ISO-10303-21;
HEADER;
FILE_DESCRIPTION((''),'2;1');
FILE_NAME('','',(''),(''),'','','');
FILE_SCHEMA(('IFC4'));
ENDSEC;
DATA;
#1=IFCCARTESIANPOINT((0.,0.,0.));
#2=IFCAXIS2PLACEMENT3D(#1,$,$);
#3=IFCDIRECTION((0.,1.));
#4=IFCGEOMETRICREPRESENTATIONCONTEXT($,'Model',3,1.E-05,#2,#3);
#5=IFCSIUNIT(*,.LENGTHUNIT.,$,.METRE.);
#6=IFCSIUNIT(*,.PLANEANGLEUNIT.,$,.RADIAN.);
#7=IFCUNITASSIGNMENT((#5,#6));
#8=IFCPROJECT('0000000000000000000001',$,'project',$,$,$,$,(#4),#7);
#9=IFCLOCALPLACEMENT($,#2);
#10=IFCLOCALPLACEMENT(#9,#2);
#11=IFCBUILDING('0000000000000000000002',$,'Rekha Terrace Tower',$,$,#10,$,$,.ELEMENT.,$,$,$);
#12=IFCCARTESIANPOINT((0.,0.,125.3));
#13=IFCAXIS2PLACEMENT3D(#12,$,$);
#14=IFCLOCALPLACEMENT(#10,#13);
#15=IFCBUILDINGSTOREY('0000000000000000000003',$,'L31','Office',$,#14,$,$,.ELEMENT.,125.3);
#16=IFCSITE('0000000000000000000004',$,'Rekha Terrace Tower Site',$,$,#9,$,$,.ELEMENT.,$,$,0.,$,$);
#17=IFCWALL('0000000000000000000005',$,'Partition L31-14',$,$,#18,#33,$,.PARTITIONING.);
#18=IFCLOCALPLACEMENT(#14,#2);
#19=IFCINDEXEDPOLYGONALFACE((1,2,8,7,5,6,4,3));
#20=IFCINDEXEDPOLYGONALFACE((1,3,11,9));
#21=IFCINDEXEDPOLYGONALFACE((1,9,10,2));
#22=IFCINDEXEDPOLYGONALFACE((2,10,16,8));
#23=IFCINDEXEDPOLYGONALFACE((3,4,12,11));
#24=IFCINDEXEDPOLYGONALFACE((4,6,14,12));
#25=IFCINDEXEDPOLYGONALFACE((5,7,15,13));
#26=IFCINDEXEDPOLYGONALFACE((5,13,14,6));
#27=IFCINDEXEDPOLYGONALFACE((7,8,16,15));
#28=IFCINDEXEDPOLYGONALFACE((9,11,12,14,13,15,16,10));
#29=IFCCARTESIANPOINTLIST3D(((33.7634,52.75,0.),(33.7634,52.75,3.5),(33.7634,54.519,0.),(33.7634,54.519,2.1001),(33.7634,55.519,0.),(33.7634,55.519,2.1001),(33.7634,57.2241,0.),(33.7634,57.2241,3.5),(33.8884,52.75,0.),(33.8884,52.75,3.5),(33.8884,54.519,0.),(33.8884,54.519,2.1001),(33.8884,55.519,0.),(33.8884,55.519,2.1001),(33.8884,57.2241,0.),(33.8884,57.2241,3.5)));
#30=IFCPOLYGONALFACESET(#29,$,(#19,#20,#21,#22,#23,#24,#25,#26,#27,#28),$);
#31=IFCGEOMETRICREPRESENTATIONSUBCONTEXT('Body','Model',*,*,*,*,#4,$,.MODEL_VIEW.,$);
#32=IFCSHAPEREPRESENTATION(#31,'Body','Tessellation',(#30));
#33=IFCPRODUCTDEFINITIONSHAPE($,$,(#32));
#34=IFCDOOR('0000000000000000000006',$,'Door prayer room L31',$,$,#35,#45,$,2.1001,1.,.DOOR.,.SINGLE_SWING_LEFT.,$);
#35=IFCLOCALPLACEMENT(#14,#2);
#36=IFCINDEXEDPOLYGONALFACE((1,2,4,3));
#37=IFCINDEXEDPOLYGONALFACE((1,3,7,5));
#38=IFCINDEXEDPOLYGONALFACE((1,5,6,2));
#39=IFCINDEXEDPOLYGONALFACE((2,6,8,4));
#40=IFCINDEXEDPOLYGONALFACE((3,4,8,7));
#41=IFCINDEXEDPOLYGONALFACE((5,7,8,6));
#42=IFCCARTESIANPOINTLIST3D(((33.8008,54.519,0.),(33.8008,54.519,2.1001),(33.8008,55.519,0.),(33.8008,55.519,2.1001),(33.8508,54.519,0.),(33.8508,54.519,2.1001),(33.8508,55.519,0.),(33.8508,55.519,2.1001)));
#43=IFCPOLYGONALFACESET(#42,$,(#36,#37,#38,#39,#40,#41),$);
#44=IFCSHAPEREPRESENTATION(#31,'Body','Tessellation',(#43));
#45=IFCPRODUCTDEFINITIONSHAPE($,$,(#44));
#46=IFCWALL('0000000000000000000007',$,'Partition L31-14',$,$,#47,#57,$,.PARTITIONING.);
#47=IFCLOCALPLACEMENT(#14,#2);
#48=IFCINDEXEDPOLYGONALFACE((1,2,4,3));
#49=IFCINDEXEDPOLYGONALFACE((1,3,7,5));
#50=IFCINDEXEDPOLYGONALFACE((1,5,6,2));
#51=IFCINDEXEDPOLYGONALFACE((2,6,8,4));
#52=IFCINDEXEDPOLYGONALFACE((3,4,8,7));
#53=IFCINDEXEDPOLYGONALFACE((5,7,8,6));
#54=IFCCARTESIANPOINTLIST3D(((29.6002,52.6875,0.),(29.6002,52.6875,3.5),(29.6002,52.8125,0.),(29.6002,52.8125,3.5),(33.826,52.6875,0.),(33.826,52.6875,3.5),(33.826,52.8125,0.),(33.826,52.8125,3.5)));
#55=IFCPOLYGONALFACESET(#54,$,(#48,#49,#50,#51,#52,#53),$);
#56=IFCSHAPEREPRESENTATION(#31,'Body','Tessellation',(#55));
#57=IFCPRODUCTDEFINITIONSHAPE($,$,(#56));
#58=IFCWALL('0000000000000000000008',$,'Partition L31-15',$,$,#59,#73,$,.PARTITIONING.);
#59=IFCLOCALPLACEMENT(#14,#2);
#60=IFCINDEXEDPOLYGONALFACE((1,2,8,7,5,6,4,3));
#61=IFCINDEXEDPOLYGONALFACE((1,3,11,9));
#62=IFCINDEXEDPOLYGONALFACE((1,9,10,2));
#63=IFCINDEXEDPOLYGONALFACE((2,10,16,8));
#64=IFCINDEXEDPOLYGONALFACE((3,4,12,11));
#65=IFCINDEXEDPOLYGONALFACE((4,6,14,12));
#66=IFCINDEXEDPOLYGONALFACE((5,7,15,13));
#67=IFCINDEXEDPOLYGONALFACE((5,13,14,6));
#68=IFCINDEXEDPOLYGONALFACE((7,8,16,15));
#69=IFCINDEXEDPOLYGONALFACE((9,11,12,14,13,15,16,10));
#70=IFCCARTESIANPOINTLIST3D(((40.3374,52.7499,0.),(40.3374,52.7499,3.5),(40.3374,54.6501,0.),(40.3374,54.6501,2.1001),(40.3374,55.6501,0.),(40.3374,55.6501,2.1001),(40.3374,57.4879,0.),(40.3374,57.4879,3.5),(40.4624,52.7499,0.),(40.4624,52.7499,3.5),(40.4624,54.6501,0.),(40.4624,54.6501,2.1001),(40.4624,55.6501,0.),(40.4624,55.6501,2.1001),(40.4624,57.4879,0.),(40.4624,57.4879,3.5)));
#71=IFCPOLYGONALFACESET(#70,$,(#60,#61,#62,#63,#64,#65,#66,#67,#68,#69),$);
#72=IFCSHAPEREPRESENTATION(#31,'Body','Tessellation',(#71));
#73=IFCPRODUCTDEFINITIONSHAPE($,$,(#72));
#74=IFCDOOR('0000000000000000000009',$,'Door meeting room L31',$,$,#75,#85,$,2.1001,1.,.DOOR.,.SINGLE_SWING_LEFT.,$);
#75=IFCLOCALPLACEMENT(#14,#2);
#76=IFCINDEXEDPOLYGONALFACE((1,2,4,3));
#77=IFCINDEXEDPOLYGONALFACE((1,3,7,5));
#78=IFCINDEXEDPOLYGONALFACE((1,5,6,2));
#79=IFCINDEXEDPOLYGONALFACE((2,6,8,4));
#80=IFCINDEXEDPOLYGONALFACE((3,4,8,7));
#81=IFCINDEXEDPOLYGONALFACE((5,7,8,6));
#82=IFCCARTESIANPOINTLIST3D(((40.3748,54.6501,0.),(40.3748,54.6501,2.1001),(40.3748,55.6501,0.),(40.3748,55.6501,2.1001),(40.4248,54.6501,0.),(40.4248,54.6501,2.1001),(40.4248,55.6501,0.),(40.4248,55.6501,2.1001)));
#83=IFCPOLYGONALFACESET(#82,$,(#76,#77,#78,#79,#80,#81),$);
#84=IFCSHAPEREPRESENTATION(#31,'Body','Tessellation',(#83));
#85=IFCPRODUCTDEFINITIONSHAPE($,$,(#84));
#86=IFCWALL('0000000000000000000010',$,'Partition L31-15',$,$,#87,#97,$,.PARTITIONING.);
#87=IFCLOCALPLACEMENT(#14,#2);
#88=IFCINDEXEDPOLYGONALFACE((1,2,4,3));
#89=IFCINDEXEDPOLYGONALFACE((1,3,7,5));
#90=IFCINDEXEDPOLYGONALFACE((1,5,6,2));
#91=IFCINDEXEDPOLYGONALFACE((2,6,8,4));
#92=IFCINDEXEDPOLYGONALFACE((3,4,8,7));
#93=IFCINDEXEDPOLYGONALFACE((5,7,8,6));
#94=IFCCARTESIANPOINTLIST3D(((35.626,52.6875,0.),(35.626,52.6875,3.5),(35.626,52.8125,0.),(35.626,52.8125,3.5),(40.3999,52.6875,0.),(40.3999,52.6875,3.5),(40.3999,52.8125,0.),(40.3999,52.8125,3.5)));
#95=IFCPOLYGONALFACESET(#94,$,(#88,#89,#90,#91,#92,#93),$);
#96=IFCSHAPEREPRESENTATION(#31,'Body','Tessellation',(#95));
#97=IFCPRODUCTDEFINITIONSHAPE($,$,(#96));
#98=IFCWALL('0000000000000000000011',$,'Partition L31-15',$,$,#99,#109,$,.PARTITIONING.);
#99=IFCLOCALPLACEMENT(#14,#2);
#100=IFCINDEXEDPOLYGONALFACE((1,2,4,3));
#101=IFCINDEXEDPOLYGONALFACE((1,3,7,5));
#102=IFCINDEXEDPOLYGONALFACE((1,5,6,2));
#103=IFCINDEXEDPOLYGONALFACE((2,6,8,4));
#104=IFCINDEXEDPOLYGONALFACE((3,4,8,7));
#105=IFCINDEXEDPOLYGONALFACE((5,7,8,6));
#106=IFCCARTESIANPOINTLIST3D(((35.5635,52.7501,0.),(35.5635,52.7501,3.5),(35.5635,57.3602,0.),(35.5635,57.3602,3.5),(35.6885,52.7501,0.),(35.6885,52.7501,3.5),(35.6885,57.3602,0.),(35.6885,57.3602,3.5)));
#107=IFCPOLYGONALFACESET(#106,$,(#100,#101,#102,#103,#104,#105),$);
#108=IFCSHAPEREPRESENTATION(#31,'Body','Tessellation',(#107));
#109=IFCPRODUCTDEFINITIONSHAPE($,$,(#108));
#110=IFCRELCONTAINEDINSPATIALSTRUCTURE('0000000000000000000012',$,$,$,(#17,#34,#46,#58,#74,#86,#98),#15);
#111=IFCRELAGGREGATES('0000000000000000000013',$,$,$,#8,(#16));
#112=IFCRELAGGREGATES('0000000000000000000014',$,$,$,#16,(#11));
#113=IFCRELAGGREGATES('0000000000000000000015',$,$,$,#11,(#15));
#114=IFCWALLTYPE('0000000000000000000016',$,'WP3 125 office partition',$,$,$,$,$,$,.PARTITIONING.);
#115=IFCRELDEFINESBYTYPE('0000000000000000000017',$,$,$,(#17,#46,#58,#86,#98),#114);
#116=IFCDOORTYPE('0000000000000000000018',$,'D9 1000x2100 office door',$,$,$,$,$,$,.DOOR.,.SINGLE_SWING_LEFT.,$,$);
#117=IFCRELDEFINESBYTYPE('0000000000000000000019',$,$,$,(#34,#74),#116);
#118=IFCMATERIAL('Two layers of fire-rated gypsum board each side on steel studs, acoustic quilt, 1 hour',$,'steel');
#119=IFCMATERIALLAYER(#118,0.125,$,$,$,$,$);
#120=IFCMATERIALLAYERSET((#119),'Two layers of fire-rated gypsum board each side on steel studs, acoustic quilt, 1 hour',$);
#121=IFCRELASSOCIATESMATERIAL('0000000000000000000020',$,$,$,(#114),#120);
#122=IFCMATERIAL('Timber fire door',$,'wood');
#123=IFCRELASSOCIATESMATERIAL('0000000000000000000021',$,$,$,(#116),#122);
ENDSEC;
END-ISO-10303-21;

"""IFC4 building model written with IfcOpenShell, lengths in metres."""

from ifc_helpers import new_model, si_unit, direction, frame, frame_2d, origin, place, context, subcontext, project, spatial, rectangle, extrude, material, layer, layer_set, type_object, element, fill, save


model = new_model("IFC4")

# Units and contexts
model_context = context("Model", 3, precision=1e-05, world=origin(), true_north=direction((0.0, 1.0)))
body_context = subcontext(model_context, "Body", "Model", "MODEL_VIEW")
ifc_project = project(units=[si_unit("LENGTHUNIT", "METRE"), si_unit("PLANEANGLEUNIT", "RADIAN")], contexts=[model_context])

# Site, building, storey
site_placement = place(None, origin())
site = spatial("IfcSite", under=ifc_project, at=site_placement, Name="Rekha Terrace Tower Site", CompositionType="ELEMENT", RefElevation=0.0)
building_placement = place(site_placement, origin())
building = spatial("IfcBuilding", under=site, at=building_placement, Name="Rekha Terrace Tower", CompositionType="ELEMENT")
storey_placement = place(building_placement, frame((0.0, 0.0, 125.3)))
storey = spatial("IfcBuildingStorey", under=building, at=storey_placement, Name="L31", Description="Office", CompositionType="ELEMENT", Elevation=125.3)

# Shared definitions
ifc_material_1 = material(Name="Two layers of fire-rated gypsum board each side on steel studs, acoustic quilt, 1 hour", Category="steel")
ifc_layer_1 = layer(ifc_material_1, 0.125)
ifc_layer_set_1 = layer_set([ifc_layer_1], Name="Two layers of fire-rated gypsum board each side on steel studs, acoustic quilt, 1 hour")
wall_type_1 = type_object("IfcWallType", Name="WP3 125 office partition", PredefinedType="PARTITIONING", material=ifc_layer_set_1)

# Wall, opening, door
ifc_material_2 = material(Name="Timber fire door", Category="wood")
door_type_1 = type_object("IfcDoorType", Name="D9 1000x2100 office door", OperationType="SINGLE_SWING_LEFT", PredefinedType="DOOR", material=ifc_material_2)
wall_1_placement = place(storey_placement, frame((33.8259, 57.2241, 0.0), z_axis=(0.0, 0.0, 1.0), x_axis=(0.0, -1.0, 0.0)))
wall_1 = element("IfcWall", 1, at=wall_1_placement, inside=storey, type_object=wall_type_1, Name="Partition L31-14", PredefinedType="PARTITIONING", context=body_context, shape_type="SweptSolid", body=[
    extrude(rectangle(XDim=4.4741, YDim=0.125, at=frame_2d((2.2371, 0.0))), origin(), (0.0, 0.0, 1.0), 3.5),
])
opening_1_placement = place(wall_1_placement, frame((1.7051, 0.0, 0.0)))
opening_1 = element("IfcOpeningElement", 2, at=opening_1_placement, cuts=wall_1, PredefinedType="OPENING", context=body_context, shape_type="SweptSolid", body=[
    extrude(rectangle(XDim=1.0, YDim=2.1001, at=frame_2d((0.5, 1.05))), frame((0.0, 0.0725, 0.0), z_axis=(0.0, -1.0, 0.0), x_axis=(1.0, 0.0, 0.0)), (0.0, 0.0, 1.0), 0.145),
])
door_1_placement = place(opening_1_placement, origin())
door_1 = element("IfcDoor", 3, at=door_1_placement, inside=storey, type_object=door_type_1, Name="Door prayer room L31", OperationType="SINGLE_SWING_LEFT", OverallHeight=2.1001, OverallWidth=1.0, PredefinedType="DOOR", context=body_context, shape_type="SweptSolid", body=[
    extrude(rectangle(XDim=1.0, YDim=2.1001, at=frame_2d((0.5, 1.05))), frame((0.0, 0.0249, 0.0), z_axis=(0.0, -1.0, 0.0), x_axis=(1.0, 0.0, 0.0)), (0.0, 0.0, 1.0), 0.05),
])
fill(opening_1, door_1)

# Wall
wall_2_placement = place(storey_placement, frame((33.8259, 52.75, 0.0), z_axis=(0.0, 0.0, 1.0), x_axis=(-1.0, 0.0, 0.0)))
element("IfcWall", 4, at=wall_2_placement, inside=storey, type_object=wall_type_1, Name="Partition L31-14", PredefinedType="PARTITIONING", context=body_context, shape_type="SweptSolid", body=[
    extrude(rectangle(XDim=4.2258, YDim=0.125, at=frame_2d((2.1128, 0.0))), origin(), (0.0, 0.0, 1.0), 3.5),
])

# Wall, opening, door
wall_3_placement = place(storey_placement, frame((40.3999, 57.488, 0.0), z_axis=(0.0, 0.0, 1.0), x_axis=(0.0, -1.0, 0.0)))
wall_3 = element("IfcWall", 5, at=wall_3_placement, inside=storey, type_object=wall_type_1, Name="Partition L31-15", PredefinedType="PARTITIONING", context=body_context, shape_type="SweptSolid", body=[
    extrude(rectangle(XDim=4.738, YDim=0.125, at=frame_2d((2.3691, 0.0))), origin(), (0.0, 0.0, 1.0), 3.5),
])
opening_2_placement = place(wall_3_placement, frame((1.8379, 0.0, 0.0)))
opening_2 = element("IfcOpeningElement", 6, at=opening_2_placement, cuts=wall_3, PredefinedType="OPENING", context=body_context, shape_type="SweptSolid", body=[
    extrude(rectangle(XDim=1.0, YDim=2.1001, at=frame_2d((0.5, 1.05))), frame((0.0, 0.0725, 0.0), z_axis=(0.0, -1.0, 0.0), x_axis=(1.0, 0.0, 0.0)), (0.0, 0.0, 1.0), 0.145),
])
door_2_placement = place(opening_2_placement, origin())
door_2 = element("IfcDoor", 7, at=door_2_placement, inside=storey, type_object=door_type_1, Name="Door meeting room L31", OperationType="SINGLE_SWING_LEFT", OverallHeight=2.1001, OverallWidth=1.0, PredefinedType="DOOR", context=body_context, shape_type="SweptSolid", body=[
    extrude(rectangle(XDim=1.0, YDim=2.1001, at=frame_2d((0.5, 1.05))), frame((0.0, 0.0249, 0.0), z_axis=(0.0, -1.0, 0.0), x_axis=(1.0, 0.0, 0.0)), (0.0, 0.0, 1.0), 0.05),
])
fill(opening_2, door_2)

# Walls
wall_4_placement = place(storey_placement, frame((40.3999, 52.75, 0.0), z_axis=(0.0, 0.0, 1.0), x_axis=(-1.0, 0.0, 0.0)))
element("IfcWall", 8, at=wall_4_placement, inside=storey, type_object=wall_type_1, Name="Partition L31-15", PredefinedType="PARTITIONING", context=body_context, shape_type="SweptSolid", body=[
    extrude(rectangle(XDim=4.7739, YDim=0.125, at=frame_2d((2.387, 0.0))), origin(), (0.0, 0.0, 1.0), 3.5),
])
wall_5_placement = place(storey_placement, frame((35.626, 52.75, 0.0), z_axis=(0.0, 0.0, 1.0), x_axis=(0.0, 1.0, 0.0)))
element("IfcWall", 9, at=wall_5_placement, inside=storey, type_object=wall_type_1, Name="Partition L31-15", PredefinedType="PARTITIONING", context=body_context, shape_type="SweptSolid", body=[
    extrude(rectangle(XDim=4.6101, YDim=0.125, at=frame_2d((2.3052, 0.0))), origin(), (0.0, 0.0, 1.0), 3.5),
])

save(model, "model.ifc")
